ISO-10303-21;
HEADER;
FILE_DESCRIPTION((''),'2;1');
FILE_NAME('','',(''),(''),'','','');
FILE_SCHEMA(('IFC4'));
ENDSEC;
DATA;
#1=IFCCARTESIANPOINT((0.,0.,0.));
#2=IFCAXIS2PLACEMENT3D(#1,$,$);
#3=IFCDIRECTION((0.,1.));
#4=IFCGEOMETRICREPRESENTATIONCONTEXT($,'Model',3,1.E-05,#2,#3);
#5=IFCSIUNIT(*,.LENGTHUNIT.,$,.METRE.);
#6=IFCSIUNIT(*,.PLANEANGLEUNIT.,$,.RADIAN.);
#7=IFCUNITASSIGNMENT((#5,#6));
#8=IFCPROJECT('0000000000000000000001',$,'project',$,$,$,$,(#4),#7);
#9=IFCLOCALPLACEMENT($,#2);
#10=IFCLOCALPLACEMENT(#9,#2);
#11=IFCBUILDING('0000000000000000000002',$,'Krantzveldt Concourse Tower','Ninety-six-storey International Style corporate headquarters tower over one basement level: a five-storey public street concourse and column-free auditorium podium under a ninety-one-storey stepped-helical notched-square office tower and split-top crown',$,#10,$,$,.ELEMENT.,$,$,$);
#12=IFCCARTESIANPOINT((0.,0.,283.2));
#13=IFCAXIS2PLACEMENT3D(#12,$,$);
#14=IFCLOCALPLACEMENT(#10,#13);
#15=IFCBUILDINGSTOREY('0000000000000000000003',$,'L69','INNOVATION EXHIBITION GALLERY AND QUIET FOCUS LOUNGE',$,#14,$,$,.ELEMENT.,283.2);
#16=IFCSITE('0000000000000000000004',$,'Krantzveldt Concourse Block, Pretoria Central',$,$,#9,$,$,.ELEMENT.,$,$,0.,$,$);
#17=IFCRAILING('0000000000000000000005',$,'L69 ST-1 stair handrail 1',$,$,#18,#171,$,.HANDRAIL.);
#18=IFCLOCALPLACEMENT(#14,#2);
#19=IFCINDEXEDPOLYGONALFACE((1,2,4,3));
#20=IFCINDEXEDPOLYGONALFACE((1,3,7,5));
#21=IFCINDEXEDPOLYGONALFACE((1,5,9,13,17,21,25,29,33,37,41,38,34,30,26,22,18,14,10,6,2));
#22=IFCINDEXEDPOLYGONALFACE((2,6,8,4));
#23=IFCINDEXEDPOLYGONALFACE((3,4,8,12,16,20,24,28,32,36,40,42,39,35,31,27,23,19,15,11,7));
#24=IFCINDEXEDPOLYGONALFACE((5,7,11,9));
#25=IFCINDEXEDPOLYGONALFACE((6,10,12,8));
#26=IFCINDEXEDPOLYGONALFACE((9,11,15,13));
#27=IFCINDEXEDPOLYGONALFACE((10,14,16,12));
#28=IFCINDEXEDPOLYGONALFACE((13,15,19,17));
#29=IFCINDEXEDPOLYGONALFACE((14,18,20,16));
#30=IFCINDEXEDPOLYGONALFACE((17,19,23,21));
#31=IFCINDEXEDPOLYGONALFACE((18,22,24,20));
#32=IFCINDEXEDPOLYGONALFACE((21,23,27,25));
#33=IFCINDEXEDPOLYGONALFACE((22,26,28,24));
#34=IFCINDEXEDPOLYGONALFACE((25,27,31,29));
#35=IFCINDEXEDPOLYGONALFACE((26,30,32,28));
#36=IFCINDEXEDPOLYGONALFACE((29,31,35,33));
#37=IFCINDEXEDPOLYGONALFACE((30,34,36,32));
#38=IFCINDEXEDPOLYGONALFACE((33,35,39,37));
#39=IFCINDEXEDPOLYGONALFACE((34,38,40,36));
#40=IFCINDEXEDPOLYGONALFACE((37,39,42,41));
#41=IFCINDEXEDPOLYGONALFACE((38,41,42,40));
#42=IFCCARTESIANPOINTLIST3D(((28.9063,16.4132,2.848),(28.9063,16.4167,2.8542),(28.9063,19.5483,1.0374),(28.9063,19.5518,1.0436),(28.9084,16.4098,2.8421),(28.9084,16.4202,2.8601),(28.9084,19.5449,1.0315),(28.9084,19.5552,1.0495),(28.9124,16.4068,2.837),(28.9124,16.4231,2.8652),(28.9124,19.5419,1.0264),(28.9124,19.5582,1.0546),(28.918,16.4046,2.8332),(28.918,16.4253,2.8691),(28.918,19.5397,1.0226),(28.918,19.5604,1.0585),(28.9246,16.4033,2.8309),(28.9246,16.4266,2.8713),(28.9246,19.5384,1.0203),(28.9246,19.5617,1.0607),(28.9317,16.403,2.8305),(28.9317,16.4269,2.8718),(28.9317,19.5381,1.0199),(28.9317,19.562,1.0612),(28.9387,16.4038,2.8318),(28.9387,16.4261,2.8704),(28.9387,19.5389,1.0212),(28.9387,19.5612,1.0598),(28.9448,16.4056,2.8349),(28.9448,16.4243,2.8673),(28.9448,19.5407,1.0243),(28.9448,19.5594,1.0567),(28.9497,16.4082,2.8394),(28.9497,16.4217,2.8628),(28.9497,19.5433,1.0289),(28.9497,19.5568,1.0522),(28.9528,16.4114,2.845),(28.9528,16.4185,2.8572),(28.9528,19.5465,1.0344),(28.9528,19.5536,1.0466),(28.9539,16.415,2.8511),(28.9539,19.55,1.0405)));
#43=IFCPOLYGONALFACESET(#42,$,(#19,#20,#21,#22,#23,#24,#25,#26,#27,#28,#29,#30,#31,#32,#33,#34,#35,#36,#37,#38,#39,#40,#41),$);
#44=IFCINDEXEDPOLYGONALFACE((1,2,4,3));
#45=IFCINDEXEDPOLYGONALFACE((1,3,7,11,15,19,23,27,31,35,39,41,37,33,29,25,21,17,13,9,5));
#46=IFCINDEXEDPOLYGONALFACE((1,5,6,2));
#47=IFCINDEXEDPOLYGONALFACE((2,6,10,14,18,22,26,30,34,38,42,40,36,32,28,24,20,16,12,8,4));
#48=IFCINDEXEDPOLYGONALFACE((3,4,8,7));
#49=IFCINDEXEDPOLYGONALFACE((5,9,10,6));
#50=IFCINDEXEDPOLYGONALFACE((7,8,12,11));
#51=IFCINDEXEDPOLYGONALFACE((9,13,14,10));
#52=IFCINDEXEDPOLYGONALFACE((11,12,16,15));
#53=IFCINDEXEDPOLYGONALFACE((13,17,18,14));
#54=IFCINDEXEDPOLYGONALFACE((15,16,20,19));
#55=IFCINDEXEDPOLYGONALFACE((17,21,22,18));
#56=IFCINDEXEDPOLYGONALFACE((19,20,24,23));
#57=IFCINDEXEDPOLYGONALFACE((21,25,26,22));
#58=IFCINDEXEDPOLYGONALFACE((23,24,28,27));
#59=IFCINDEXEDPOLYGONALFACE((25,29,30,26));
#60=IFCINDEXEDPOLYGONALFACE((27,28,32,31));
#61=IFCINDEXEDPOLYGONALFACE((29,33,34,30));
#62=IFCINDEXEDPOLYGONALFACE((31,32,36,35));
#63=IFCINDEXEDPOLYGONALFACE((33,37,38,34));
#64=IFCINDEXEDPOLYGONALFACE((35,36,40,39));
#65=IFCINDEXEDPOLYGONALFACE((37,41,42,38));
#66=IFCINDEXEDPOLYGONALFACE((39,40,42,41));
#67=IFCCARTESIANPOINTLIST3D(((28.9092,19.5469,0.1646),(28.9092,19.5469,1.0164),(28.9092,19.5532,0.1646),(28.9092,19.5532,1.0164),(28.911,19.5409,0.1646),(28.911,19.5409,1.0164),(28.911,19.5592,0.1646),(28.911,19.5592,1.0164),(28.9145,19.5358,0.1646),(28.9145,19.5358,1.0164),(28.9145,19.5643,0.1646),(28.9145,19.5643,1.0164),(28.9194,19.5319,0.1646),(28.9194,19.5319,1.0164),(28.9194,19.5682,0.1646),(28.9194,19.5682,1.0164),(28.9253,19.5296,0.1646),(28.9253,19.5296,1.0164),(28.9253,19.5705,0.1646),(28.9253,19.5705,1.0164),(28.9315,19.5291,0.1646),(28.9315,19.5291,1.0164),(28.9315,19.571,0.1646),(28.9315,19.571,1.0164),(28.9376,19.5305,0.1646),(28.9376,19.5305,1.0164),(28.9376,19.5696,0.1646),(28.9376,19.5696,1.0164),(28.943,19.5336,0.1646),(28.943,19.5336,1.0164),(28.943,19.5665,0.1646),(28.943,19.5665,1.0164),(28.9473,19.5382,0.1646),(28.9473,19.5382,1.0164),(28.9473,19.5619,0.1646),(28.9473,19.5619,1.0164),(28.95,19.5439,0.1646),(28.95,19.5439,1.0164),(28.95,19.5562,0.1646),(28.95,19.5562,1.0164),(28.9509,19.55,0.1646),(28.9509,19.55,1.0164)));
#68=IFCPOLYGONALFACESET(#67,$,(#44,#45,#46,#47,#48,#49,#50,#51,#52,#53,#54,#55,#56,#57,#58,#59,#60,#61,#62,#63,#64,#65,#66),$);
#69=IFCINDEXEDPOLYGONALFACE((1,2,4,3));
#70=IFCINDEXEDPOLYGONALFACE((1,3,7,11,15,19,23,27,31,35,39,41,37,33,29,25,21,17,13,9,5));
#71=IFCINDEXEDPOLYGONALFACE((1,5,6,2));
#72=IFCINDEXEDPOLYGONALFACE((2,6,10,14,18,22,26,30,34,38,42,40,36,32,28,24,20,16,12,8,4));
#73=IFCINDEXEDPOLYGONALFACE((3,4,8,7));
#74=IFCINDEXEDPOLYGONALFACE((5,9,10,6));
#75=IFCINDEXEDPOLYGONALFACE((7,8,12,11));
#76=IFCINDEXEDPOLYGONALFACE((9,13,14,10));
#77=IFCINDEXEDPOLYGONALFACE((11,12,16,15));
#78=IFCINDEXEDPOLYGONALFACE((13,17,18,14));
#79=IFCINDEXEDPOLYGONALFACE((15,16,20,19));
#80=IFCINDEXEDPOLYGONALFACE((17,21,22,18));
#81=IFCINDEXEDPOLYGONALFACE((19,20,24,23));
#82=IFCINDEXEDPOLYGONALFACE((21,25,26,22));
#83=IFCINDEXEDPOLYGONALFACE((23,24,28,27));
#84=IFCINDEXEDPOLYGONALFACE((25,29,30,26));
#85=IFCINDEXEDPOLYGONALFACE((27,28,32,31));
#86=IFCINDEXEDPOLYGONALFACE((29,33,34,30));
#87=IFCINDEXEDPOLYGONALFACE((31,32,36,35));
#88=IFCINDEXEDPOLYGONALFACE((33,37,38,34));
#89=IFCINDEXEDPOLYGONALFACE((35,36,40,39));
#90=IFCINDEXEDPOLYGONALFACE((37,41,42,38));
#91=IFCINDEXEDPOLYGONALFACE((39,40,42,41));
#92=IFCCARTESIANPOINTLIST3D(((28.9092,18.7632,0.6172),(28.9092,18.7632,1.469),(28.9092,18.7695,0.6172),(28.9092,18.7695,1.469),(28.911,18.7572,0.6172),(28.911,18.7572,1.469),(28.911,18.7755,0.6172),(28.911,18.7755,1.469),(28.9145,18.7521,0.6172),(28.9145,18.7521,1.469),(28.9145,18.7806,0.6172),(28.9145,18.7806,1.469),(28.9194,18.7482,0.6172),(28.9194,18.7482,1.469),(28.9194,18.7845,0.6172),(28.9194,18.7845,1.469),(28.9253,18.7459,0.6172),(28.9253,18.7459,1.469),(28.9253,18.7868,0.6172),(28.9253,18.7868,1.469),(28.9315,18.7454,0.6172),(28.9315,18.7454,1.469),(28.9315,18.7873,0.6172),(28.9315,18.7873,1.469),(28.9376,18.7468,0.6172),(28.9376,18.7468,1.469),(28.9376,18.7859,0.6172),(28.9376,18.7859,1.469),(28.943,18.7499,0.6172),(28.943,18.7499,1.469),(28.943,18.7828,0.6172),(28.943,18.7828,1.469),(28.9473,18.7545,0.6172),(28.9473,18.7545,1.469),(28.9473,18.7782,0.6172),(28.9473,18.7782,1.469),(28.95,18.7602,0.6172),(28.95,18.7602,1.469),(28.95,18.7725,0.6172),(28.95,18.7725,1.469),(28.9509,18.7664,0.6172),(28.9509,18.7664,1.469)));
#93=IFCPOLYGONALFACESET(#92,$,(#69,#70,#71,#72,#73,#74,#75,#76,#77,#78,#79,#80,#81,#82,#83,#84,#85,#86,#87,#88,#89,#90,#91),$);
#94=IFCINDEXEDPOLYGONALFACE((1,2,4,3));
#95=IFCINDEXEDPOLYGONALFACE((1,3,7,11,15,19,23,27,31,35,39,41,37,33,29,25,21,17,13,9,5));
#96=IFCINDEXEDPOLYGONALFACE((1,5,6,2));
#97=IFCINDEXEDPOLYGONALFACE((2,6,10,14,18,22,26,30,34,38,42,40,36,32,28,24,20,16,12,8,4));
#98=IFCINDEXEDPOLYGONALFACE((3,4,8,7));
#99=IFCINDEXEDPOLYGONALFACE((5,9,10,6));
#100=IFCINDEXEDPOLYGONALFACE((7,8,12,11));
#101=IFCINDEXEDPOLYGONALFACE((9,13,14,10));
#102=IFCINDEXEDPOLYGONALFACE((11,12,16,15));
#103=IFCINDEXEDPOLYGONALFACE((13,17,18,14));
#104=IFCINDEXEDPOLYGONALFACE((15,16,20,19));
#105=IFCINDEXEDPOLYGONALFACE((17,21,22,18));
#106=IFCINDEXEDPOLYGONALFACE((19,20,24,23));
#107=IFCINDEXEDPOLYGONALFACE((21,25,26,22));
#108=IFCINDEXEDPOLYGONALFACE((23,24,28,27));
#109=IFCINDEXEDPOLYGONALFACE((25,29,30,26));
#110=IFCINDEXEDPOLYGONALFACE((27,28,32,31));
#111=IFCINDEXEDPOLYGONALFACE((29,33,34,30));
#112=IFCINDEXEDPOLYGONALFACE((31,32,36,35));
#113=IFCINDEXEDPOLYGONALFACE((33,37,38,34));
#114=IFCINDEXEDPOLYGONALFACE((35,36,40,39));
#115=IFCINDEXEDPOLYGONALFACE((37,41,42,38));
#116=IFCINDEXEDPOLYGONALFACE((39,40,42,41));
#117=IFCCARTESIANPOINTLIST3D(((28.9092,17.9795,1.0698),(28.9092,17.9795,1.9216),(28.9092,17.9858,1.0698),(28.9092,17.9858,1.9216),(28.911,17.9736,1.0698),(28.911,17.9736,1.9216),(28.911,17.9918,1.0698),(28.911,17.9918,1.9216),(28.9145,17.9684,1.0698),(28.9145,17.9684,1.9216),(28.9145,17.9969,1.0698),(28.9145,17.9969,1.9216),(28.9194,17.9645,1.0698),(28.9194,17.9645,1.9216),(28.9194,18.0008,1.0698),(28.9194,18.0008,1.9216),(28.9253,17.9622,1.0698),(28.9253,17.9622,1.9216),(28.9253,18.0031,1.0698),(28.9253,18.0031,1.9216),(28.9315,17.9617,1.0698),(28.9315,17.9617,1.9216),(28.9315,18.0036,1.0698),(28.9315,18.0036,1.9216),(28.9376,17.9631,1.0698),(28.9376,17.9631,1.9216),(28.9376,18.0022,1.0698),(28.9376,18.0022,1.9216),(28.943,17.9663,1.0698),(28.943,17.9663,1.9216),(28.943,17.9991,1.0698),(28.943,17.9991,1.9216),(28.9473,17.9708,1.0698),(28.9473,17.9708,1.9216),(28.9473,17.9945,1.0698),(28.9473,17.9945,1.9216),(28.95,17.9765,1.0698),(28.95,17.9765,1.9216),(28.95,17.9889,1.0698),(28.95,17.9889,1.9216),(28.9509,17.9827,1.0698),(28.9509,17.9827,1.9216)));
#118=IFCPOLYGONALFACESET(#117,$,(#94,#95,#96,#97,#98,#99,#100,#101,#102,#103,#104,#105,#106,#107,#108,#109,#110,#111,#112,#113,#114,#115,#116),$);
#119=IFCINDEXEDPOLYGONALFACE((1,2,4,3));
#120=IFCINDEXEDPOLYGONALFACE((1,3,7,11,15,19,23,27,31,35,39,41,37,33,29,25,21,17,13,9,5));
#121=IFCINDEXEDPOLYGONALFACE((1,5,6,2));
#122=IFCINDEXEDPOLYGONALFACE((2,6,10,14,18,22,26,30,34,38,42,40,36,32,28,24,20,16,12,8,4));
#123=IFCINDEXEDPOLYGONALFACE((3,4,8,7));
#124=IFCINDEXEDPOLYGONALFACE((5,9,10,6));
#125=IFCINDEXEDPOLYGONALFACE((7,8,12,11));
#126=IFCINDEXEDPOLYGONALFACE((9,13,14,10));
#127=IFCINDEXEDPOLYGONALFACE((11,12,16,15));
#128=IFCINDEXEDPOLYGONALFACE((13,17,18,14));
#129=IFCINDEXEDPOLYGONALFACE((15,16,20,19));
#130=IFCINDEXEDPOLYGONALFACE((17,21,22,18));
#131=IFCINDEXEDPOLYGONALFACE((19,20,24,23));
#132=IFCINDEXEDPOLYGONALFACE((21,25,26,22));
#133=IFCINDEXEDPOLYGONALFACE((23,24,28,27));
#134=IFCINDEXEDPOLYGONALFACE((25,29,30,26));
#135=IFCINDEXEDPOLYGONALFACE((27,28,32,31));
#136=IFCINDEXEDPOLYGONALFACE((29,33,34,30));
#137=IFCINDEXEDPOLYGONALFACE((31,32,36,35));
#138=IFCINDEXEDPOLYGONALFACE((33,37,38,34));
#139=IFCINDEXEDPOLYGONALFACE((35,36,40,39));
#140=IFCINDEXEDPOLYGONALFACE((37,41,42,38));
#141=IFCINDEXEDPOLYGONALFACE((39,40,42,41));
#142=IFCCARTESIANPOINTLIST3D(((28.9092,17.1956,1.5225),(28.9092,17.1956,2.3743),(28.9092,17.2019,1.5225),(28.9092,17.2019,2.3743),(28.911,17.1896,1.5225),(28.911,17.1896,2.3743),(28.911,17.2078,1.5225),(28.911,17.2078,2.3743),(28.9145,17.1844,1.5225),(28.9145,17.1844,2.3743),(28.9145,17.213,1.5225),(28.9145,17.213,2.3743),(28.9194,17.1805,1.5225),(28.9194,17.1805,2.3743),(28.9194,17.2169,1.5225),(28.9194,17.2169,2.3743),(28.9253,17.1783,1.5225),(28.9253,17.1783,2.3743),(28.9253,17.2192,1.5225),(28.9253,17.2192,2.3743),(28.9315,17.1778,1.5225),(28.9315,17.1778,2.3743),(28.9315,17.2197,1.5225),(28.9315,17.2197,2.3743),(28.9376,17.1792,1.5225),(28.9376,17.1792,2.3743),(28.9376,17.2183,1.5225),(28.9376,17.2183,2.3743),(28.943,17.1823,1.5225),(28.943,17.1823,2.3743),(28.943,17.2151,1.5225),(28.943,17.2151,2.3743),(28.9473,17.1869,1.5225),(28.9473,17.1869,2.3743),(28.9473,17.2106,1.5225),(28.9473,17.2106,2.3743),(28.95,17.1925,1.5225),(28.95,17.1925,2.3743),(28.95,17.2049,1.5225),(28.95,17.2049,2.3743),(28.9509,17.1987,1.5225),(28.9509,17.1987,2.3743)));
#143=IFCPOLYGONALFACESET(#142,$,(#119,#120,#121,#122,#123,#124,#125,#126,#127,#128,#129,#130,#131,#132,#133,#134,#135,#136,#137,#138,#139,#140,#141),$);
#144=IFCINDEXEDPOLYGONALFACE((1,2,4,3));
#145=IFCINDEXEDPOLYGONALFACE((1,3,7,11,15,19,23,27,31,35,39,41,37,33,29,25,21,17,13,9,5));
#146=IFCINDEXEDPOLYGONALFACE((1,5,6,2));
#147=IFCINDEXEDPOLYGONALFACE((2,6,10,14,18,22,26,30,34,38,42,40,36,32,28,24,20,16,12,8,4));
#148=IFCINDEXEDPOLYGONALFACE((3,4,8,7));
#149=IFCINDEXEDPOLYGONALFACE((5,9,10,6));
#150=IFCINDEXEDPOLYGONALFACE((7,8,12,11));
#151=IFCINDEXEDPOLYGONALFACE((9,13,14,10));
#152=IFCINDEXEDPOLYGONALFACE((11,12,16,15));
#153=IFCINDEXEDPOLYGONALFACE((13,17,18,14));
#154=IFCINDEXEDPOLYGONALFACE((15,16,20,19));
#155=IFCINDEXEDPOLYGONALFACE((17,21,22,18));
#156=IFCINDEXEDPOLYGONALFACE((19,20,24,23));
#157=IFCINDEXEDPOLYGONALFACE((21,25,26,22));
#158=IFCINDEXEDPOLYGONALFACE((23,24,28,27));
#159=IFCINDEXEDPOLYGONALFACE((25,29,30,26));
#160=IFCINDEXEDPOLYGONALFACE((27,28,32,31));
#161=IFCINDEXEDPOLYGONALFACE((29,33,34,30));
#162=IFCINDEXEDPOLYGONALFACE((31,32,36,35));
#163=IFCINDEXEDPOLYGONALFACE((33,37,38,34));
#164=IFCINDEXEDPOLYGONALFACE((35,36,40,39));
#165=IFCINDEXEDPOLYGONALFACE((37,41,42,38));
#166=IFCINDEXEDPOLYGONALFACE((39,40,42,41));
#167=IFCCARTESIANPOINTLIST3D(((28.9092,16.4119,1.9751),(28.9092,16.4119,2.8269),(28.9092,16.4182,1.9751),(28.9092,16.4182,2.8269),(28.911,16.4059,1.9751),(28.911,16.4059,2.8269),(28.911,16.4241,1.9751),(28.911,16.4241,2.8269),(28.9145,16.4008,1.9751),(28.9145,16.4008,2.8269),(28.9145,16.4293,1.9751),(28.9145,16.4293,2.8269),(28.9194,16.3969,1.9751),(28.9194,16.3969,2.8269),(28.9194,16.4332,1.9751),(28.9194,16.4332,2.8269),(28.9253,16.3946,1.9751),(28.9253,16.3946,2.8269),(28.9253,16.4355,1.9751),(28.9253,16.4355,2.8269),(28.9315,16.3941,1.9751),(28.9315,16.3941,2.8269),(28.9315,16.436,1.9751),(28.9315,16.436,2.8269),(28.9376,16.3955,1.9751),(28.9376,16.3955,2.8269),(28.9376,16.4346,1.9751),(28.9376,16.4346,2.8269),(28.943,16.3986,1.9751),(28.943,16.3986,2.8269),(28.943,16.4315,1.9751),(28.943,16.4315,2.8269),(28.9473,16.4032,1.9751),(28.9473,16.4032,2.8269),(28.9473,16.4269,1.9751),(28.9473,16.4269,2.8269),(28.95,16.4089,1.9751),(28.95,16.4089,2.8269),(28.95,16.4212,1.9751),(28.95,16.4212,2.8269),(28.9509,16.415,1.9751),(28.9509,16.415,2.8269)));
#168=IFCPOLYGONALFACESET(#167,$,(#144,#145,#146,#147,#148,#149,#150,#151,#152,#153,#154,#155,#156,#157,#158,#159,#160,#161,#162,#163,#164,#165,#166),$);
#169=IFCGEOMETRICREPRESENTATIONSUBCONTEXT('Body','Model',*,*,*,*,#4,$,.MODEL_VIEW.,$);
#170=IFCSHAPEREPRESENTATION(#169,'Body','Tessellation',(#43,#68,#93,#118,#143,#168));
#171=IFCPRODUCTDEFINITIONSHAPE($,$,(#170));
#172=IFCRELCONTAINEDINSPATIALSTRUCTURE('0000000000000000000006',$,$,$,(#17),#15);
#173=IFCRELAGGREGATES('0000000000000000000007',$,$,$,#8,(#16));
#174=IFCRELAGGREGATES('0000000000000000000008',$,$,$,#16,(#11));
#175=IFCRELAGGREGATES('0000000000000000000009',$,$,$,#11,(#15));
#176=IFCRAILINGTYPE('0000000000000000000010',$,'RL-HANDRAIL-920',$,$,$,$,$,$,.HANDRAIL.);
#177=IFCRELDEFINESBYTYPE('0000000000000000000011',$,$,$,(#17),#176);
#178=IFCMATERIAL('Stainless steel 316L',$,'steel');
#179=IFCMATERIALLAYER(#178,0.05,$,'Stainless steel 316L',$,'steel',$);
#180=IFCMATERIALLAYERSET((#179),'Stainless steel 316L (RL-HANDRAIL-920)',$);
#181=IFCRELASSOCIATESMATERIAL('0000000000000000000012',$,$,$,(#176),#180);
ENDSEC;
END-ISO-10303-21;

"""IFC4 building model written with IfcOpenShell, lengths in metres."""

from ifc_helpers import new_model, si_unit, direction, frame, origin, origin_2d, place, context, subcontext, project, spatial, circle, extrude, material, layer, layer_set, type_object, element, save


model = new_model("IFC4")

# Units and contexts
model_context = context("Model", 3, precision=1e-05, world=origin(), true_north=direction((0.0, 1.0)))
body_context = subcontext(model_context, "Body", "Model", "MODEL_VIEW")
ifc_project = project(units=[si_unit("LENGTHUNIT", "METRE"), si_unit("PLANEANGLEUNIT", "RADIAN")], contexts=[model_context])

# Site, building, storey
site_placement = place(None, origin())
site = spatial("IfcSite", under=ifc_project, at=site_placement, Name="Krantzveldt Concourse Block, Pretoria Central", CompositionType="ELEMENT", RefElevation=0.0)
building_placement = place(site_placement, origin())
building = spatial("IfcBuilding", under=site, at=building_placement, Name="Krantzveldt Concourse Tower", Description="Ninety-six-storey International Style corporate headquarters tower over one basement level: a five-storey public street concourse and column-free auditorium podium under a ninety-one-storey stepped-helical notched-square office tower and split-top crown", CompositionType="ELEMENT")
storey_placement = place(building_placement, frame((0.0, 0.0, 283.2)))
storey = spatial("IfcBuildingStorey", under=building, at=storey_placement, Name="L69", Description="INNOVATION EXHIBITION GALLERY AND QUIET FOCUS LOUNGE", CompositionType="ELEMENT", Elevation=283.2)

# Railing
ifc_material_1 = material(Name="Stainless steel 316L", Category="steel")
ifc_layer_1 = layer(ifc_material_1, 0.05, Name="Stainless steel 316L", Category="steel")
ifc_layer_set_1 = layer_set([ifc_layer_1], Name="Stainless steel 316L (RL-HANDRAIL-920)")
railing_type_1 = type_object("IfcRailingType", Name="RL-HANDRAIL-920", PredefinedType="HANDRAIL", material=ifc_layer_set_1)
railing_1_placement = place(storey_placement, frame((28.9299, 19.55, 0.1646)))
element("IfcRailing", 1, at=railing_1_placement, inside=storey, type_object=railing_type_1, Name="L69 ST-1 stair handrail 1", PredefinedType="HANDRAIL", context=body_context, shape_type="SweptSolid", body=[
    extrude(circle(Radius=0.0239, at=origin_2d()), frame((0.0, 0.0, 0.876), z_axis=(0.0, -0.86596, 0.500114), x_axis=(1.0, 0.0, 0.0)), (0.0, 0.0, 1.0), 3.6204),
    extrude(circle(Radius=0.021, at=origin_2d()), origin(), (0.0, 0.0, 1.0), 0.8518),
    extrude(circle(Radius=0.021, at=origin_2d()), frame((0.0, -0.7837, 0.4526)), (0.0, 0.0, 1.0), 0.8518),
    extrude(circle(Radius=0.021, at=origin_2d()), frame((0.0, -1.5674, 0.9053)), (0.0, 0.0, 1.0), 0.8518),
    extrude(circle(Radius=0.021, at=origin_2d()), frame((0.0, -2.3513, 1.3579)), (0.0, 0.0, 1.0), 0.8518),
    extrude(circle(Radius=0.021, at=origin_2d()), frame((0.0, -3.135, 1.8105)), (0.0, 0.0, 1.0), 0.8518),
])

save(model, "model.ifc")
